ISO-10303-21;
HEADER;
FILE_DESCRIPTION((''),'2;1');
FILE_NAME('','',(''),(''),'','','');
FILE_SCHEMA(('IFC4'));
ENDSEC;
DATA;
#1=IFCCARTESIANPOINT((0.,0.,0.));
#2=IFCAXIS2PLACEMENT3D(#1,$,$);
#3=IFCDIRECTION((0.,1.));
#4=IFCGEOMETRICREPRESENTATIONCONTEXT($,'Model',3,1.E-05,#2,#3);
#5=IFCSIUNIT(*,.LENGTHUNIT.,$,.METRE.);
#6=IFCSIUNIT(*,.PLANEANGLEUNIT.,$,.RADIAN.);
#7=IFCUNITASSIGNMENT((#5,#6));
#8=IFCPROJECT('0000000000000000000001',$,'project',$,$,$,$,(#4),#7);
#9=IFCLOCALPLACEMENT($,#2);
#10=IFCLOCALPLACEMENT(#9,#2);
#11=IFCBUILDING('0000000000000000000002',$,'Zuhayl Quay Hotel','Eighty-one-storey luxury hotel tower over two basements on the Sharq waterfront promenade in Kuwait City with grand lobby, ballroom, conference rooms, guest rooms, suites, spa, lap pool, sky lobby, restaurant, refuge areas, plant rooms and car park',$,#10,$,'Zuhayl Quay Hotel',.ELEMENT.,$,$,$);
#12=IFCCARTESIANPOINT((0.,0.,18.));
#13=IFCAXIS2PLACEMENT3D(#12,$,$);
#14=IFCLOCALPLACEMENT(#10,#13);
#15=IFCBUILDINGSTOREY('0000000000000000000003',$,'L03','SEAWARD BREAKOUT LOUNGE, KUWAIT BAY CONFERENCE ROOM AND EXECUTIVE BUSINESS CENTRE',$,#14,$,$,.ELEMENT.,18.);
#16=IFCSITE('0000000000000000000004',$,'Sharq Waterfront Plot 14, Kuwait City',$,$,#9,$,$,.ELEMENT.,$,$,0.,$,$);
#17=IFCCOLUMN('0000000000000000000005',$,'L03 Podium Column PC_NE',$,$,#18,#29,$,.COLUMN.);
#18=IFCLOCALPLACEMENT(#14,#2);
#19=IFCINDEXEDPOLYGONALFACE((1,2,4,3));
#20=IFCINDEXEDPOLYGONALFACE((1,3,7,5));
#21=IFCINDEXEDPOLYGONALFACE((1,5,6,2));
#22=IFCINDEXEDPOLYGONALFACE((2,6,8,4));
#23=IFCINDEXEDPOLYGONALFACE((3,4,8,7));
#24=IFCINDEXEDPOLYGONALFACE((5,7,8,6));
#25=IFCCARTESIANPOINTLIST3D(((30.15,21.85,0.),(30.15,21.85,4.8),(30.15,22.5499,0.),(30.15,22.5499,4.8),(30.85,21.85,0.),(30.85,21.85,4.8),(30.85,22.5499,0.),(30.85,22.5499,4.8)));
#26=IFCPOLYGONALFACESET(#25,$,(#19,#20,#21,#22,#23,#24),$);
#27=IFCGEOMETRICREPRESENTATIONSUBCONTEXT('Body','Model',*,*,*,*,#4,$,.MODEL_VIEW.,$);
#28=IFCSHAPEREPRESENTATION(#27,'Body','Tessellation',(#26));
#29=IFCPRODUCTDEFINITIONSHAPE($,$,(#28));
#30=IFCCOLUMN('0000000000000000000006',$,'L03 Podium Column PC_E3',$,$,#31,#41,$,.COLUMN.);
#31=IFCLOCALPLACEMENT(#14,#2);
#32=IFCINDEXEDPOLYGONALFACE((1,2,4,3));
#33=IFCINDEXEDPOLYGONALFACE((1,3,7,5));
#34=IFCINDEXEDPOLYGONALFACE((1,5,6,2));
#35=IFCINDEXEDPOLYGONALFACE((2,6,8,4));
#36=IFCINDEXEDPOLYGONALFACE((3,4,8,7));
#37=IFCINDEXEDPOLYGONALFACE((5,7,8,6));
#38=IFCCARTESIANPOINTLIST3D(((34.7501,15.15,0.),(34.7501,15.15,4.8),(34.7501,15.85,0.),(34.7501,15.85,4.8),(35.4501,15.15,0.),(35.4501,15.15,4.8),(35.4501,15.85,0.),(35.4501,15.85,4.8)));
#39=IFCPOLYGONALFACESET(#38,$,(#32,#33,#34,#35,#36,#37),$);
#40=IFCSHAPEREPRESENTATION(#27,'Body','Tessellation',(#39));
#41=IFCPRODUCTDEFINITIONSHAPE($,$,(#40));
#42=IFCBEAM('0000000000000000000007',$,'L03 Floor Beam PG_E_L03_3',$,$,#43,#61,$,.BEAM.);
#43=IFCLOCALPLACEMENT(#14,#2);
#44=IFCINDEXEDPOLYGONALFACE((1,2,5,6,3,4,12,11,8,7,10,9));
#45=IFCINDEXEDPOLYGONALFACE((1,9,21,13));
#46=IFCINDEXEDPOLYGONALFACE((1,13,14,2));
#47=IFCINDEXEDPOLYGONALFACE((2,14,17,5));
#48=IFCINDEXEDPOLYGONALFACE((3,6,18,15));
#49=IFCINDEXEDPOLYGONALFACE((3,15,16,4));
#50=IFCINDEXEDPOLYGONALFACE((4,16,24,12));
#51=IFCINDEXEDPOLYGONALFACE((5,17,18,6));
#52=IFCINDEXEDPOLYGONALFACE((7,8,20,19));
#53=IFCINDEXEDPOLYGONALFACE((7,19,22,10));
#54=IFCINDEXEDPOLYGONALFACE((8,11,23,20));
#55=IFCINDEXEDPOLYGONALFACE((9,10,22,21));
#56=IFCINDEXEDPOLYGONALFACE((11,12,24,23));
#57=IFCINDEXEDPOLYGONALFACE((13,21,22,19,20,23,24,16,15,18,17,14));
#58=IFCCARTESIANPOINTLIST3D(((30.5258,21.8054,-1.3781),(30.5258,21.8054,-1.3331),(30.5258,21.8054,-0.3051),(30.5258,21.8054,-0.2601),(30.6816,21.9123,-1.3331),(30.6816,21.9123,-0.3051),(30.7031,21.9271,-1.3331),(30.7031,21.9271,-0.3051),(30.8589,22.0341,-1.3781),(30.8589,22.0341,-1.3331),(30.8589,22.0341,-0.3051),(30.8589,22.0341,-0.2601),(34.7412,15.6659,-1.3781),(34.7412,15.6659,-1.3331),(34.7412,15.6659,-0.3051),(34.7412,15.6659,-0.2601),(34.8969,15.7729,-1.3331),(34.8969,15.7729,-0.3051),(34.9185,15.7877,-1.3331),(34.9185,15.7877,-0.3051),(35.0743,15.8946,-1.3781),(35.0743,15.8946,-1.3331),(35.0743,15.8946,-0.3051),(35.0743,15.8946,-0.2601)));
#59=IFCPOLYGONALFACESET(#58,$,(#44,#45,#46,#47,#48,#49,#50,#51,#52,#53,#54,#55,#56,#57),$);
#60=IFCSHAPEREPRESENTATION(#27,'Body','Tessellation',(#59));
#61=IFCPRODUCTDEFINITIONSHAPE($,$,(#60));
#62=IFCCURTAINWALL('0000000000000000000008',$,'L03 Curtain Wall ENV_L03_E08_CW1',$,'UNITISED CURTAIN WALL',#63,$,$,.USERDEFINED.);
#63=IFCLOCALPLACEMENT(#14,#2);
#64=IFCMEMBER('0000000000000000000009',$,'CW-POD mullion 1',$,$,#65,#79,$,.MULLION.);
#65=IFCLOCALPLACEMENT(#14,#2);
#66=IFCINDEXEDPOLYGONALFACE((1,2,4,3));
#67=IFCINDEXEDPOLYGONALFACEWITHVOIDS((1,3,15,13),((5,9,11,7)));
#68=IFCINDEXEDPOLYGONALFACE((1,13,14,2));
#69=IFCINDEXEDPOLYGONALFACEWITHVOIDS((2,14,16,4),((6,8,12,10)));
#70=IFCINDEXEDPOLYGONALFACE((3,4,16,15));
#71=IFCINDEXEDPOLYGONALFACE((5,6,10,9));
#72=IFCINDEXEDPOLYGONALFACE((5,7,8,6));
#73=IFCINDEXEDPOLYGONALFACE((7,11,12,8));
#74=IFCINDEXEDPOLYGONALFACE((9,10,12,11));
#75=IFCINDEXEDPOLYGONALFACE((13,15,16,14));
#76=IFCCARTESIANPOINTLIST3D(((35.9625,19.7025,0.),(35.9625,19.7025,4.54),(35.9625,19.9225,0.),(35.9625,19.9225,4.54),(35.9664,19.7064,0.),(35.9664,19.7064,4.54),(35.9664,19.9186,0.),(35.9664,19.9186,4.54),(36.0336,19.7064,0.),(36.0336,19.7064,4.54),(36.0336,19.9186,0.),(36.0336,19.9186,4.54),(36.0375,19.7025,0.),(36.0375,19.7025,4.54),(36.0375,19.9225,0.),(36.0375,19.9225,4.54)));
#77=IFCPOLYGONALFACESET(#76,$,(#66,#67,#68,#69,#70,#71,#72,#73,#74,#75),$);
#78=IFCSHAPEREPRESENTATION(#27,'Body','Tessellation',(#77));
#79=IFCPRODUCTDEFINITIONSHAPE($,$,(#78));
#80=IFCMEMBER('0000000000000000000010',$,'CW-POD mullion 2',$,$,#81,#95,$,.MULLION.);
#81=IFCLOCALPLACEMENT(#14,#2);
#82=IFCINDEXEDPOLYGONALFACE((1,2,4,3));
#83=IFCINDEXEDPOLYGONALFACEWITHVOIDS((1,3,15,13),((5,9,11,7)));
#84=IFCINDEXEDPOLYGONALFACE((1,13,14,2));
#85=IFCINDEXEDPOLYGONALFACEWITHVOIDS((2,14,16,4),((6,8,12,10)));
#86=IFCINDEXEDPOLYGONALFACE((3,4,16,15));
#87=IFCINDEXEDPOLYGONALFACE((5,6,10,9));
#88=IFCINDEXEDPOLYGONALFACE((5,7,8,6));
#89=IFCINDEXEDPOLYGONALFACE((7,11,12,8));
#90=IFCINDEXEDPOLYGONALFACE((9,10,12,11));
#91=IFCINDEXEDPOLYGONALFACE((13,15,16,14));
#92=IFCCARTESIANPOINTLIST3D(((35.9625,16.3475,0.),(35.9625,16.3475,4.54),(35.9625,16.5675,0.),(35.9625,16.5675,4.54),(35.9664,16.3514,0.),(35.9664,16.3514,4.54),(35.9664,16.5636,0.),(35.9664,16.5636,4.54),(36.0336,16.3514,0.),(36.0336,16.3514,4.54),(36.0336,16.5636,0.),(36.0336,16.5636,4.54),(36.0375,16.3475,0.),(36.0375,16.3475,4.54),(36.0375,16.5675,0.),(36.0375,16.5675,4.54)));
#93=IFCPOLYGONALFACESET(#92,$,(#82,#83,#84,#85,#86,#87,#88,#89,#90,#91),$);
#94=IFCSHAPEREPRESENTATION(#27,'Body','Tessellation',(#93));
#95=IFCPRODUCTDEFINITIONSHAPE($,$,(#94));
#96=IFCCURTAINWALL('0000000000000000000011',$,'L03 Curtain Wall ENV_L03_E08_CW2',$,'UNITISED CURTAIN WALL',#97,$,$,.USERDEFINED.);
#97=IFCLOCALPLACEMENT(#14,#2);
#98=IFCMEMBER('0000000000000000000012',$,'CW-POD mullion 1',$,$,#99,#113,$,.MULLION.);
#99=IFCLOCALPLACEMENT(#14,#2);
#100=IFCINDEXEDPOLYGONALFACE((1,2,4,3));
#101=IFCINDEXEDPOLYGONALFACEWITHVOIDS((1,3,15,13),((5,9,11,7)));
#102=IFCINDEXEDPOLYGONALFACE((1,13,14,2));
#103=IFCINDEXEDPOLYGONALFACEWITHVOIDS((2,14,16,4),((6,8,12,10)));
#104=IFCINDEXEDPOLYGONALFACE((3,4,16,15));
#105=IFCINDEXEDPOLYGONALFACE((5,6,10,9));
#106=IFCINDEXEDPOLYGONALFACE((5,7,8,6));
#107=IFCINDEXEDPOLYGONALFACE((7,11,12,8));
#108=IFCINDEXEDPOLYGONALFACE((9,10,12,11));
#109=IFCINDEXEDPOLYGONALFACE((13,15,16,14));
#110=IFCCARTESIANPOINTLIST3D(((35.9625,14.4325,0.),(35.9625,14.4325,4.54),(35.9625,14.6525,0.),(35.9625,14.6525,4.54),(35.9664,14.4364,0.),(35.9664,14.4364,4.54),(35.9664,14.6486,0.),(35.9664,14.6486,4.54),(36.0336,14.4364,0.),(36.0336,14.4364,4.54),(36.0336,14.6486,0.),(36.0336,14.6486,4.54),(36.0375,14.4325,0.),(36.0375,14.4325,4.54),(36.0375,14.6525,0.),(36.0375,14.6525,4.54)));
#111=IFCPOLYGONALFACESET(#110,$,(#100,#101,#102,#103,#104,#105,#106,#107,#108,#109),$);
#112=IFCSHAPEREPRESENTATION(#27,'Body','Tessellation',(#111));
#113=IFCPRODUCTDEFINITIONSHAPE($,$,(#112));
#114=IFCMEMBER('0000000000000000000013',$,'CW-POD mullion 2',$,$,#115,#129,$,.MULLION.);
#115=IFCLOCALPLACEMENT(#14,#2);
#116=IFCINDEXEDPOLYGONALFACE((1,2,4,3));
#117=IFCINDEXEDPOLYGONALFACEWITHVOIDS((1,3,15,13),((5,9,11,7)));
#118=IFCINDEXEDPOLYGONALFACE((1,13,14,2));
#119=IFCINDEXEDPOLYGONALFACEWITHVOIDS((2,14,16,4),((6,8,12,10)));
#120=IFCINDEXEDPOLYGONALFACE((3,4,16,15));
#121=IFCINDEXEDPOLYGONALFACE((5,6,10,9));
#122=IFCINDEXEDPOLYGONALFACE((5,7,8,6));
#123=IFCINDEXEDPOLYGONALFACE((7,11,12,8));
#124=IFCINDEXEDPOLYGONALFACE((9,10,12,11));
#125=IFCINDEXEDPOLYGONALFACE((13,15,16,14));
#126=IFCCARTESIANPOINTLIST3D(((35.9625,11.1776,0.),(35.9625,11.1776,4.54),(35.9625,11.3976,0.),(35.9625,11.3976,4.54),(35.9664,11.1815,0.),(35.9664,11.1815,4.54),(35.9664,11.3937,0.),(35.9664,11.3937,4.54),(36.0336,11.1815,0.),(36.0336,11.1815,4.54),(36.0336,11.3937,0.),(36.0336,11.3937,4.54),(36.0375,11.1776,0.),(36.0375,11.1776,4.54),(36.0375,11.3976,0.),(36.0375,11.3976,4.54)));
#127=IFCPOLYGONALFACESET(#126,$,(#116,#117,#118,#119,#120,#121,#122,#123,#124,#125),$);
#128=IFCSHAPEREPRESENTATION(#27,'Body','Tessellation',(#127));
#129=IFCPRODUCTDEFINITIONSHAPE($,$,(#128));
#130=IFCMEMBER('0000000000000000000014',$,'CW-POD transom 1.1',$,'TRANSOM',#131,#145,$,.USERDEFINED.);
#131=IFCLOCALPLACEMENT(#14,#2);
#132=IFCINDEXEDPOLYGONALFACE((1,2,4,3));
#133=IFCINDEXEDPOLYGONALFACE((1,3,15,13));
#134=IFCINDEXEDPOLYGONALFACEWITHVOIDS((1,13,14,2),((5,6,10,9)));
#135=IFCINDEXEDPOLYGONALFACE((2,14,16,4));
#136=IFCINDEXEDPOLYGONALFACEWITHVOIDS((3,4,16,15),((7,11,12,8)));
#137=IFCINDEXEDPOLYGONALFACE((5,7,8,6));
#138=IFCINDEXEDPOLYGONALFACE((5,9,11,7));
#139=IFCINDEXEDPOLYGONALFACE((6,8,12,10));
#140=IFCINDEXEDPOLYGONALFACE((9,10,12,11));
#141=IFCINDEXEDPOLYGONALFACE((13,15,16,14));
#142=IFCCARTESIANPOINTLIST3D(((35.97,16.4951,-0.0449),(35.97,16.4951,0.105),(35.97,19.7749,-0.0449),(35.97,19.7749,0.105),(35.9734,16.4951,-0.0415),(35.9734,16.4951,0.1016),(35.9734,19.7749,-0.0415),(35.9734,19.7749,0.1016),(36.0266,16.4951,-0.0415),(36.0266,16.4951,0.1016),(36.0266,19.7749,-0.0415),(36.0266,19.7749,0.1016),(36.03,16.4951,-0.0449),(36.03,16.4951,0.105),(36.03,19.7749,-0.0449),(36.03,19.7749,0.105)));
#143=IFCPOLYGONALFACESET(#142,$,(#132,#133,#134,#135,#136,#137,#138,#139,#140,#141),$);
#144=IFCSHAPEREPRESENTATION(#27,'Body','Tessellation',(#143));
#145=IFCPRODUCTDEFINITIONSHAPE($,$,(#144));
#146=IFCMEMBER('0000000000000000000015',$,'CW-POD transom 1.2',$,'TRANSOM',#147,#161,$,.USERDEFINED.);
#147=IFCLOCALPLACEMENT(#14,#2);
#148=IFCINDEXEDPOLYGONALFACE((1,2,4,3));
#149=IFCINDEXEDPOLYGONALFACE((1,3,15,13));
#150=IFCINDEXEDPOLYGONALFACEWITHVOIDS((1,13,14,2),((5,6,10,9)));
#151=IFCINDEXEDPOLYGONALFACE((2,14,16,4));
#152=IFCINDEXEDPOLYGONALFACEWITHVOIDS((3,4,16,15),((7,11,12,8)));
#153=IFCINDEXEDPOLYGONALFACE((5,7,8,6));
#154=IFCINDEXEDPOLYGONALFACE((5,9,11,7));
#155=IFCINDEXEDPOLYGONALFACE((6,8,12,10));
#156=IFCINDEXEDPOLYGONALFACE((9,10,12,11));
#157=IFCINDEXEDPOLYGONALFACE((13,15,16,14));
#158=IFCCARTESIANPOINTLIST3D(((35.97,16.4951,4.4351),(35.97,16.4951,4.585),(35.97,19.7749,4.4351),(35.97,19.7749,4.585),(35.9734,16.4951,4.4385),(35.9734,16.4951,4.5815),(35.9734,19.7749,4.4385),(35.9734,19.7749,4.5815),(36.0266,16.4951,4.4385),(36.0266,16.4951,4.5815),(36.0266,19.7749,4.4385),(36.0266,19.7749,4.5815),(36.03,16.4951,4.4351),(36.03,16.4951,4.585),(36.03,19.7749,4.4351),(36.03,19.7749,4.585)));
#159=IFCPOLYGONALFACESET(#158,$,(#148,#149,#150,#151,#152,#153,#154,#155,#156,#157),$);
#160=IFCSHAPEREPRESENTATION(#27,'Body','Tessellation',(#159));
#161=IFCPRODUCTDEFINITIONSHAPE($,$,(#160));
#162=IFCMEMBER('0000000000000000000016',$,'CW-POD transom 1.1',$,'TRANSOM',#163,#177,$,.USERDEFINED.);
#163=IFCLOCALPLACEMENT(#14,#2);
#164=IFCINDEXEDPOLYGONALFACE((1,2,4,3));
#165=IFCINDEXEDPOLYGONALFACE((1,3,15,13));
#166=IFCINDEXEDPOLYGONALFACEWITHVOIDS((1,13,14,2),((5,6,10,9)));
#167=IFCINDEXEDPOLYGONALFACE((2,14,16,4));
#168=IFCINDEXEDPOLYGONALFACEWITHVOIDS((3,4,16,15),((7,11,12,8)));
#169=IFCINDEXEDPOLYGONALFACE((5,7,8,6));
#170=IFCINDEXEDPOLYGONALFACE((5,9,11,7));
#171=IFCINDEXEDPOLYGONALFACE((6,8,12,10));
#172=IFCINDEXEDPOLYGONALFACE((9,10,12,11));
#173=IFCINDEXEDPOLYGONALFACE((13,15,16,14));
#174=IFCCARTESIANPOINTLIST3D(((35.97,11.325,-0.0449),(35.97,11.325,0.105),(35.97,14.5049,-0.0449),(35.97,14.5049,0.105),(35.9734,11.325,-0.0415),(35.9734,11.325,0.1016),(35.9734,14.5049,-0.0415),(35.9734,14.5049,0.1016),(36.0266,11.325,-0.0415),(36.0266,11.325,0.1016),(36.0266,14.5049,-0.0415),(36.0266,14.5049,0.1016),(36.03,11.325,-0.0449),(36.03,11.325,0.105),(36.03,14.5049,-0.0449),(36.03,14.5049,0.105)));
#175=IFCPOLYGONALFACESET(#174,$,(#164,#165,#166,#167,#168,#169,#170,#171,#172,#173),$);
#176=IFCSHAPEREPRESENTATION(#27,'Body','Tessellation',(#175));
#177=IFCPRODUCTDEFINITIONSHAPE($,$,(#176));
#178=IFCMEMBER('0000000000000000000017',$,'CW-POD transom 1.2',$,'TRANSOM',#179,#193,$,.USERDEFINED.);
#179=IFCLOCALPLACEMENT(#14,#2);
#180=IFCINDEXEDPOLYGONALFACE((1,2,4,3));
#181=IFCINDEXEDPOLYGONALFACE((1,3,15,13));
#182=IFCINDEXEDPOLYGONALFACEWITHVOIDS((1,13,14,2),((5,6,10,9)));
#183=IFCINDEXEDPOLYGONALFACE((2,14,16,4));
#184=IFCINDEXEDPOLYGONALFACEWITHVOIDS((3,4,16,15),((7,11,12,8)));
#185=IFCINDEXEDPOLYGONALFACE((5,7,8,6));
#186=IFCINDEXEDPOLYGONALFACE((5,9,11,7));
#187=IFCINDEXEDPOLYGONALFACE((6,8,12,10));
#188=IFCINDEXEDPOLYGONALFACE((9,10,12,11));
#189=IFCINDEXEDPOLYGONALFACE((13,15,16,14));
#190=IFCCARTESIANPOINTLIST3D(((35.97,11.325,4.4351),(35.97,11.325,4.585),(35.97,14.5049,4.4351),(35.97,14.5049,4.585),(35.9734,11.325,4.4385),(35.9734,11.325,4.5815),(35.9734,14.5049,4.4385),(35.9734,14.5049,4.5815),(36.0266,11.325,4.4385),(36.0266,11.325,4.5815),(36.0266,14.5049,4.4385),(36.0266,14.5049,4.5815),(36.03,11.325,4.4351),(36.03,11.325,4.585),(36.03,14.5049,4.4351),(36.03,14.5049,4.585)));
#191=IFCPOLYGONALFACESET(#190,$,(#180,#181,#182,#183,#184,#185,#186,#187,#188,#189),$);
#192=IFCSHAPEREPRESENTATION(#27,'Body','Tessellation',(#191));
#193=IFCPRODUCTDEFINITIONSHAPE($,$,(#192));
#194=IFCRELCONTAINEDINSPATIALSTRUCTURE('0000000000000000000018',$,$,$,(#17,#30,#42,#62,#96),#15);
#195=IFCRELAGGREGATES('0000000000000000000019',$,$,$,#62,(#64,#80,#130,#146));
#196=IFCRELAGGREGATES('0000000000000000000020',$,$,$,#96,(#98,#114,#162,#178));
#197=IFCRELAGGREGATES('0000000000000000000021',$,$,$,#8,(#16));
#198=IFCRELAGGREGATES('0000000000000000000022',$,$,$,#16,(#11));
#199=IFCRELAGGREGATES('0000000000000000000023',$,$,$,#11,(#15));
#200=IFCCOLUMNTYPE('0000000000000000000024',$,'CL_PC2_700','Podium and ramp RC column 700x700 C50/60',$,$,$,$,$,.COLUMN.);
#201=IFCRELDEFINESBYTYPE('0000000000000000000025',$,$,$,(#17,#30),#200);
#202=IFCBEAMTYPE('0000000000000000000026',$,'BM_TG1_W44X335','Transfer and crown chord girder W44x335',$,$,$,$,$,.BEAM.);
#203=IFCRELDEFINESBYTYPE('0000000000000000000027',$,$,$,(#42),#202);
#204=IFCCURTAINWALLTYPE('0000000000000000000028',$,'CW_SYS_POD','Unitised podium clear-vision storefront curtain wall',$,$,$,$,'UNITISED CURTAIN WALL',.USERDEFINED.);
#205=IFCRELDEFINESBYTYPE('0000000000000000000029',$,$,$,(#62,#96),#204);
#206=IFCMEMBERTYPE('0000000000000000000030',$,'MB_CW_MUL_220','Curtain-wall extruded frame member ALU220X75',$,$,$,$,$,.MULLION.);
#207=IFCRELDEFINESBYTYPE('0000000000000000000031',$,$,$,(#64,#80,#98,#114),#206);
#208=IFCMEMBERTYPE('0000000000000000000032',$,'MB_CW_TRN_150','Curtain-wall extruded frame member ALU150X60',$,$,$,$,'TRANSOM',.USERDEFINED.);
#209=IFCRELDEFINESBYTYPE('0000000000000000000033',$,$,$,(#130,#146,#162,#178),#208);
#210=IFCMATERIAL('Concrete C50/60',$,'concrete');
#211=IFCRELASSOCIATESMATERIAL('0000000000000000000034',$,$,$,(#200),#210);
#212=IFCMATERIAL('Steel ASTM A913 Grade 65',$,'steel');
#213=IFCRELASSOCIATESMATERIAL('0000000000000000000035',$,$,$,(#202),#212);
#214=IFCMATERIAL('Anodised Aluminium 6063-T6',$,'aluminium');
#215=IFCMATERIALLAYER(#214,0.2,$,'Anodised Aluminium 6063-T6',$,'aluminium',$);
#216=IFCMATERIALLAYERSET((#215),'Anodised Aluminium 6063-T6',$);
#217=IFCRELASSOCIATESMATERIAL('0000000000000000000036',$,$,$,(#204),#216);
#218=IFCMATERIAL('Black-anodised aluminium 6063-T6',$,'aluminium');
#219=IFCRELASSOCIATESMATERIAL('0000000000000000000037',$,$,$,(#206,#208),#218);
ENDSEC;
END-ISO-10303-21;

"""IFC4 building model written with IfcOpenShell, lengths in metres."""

from ifc_helpers import new_model, si_unit, direction, frame, origin, origin_2d, place, context, subcontext, project, spatial, rectangle, hollow_rectangle, i_section, extrude, material, layer, layer_set, material_profile, profile_set, type_object, element, aggregate, save


model = new_model("IFC4")

# Units and contexts
model_context = context("Model", 3, precision=1e-05, world=origin(), true_north=direction((0.0, 1.0)))
body_context = subcontext(model_context, "Body", "Model", "MODEL_VIEW")
ifc_project = project(units=[si_unit("LENGTHUNIT", "METRE"), si_unit("PLANEANGLEUNIT", "RADIAN")], contexts=[model_context])

# Site, building, storey
site_placement = place(None, origin())
site = spatial("IfcSite", under=ifc_project, at=site_placement, Name="Sharq Waterfront Plot 14, Kuwait City", CompositionType="ELEMENT", RefElevation=0.0)
building_placement = place(site_placement, origin())
building = spatial("IfcBuilding", under=site, at=building_placement, Name="Zuhayl Quay Hotel", Description="Eighty-one-storey luxury hotel tower over two basements on the Sharq waterfront promenade in Kuwait City with grand lobby, ballroom, conference rooms, guest rooms, suites, spa, lap pool, sky lobby, restaurant, refuge areas, plant rooms and car park", LongName="Zuhayl Quay Hotel", CompositionType="ELEMENT")
storey_placement = place(building_placement, frame((0.0, 0.0, 18.0)))
storey = spatial("IfcBuildingStorey", under=building, at=storey_placement, Name="L03", Description="SEAWARD BREAKOUT LOUNGE, KUWAIT BAY CONFERENCE ROOM AND EXECUTIVE BUSINESS CENTRE", CompositionType="ELEMENT", Elevation=18.0)

# Columns
ifc_material_1 = material(Name="Concrete C50/60", Category="concrete")
ifc_material_profile_1 = material_profile(ifc_material_1, rectangle(XDim=0.7, YDim=0.7, at=origin_2d()), Name="RC700X700")
ifc_profile_set_1 = profile_set([ifc_material_profile_1], Name="Concrete C50/60")
column_type = type_object("IfcColumnType", Name="CL_PC2_700", Description="Podium and ramp RC column 700x700 C50/60", PredefinedType="COLUMN", material=ifc_profile_set_1)
for number, where, z_axis, x_axis, name in (
    (1, (30.5, 22.2, 0.0), (0.0, 0.0, 1.0), (1.0, 0.0, 0.0), "L03 Podium Column PC_NE"),
    (2, (35.1001, 15.5, 0.0), (0.0, 0.0, 1.0), (1.0, 0.0, 0.0), "L03 Podium Column PC_E3"),
):
    element("IfcColumn", number, at=place(storey_placement, frame(where, z_axis=z_axis, x_axis=x_axis)), inside=storey, type_object=column_type, Name=name, PredefinedType="COLUMN", context=body_context, shape_type="SweptSolid", body=[
        extrude(rectangle(XDim=0.7, YDim=0.7, at=origin_2d()), origin(), (0.0, 0.0, 1.0), 4.8),
    ])

# Beam
ifc_material_2 = material(Name="Steel ASTM A913 Grade 65", Category="steel")
ifc_material_profile_2 = material_profile(ifc_material_2, i_section(OverallWidth=0.4041, OverallDepth=1.1179, WebThickness=0.0261, FlangeThickness=0.0449, at=origin_2d()), Name="W44X335")
ifc_profile_set_2 = profile_set([ifc_material_profile_2], Name="Steel ASTM A913 Grade 65")
beam_type = type_object("IfcBeamType", Name="BM_TG1_W44X335", Description="Transfer and crown chord girder W44x335", PredefinedType="BEAM", material=ifc_profile_set_2)
beam_placement = place(storey_placement, frame((34.9077, 15.7803, -0.8191), z_axis=(-0.566026, 0.824387, 0.0), x_axis=(-0.824387, -0.566026, 0.0)))
element("IfcBeam", 3, at=beam_placement, inside=storey, type_object=beam_type, Name="L03 Floor Beam PG_E_L03_3", PredefinedType="BEAM", context=body_context, shape_type="SweptSolid", body=[
    extrude(i_section(OverallWidth=0.4041, OverallDepth=1.1179, WebThickness=0.0261, FlangeThickness=0.0449, at=origin_2d()), origin(), (0.0, 0.0, 1.0), 7.4473),
])

# Curtain walls, members
ifc_material_3 = material(Name="Anodised Aluminium 6063-T6", Category="aluminium")
ifc_layer_1 = layer(ifc_material_3, 0.2, Name="Anodised Aluminium 6063-T6", Category="aluminium")
ifc_layer_set_1 = layer_set([ifc_layer_1], Name="Anodised Aluminium 6063-T6")
curtain_wall_type = type_object("IfcCurtainWallType", Name="CW_SYS_POD", Description="Unitised podium clear-vision storefront curtain wall", ElementType="UNITISED CURTAIN WALL", PredefinedType="USERDEFINED", material=ifc_layer_set_1)
curtain_wall_1_placement = place(storey_placement, origin())
curtain_wall_1 = element("IfcCurtainWall", 4, at=curtain_wall_1_placement, inside=storey, type_object=curtain_wall_type, Name="L03 Curtain Wall ENV_L03_E08_CW1", ObjectType="UNITISED CURTAIN WALL", PredefinedType="USERDEFINED")
ifc_material_4 = material(Name="Black-anodised aluminium 6063-T6", Category="aluminium")
ifc_material_profile_3 = material_profile(ifc_material_4, hollow_rectangle(XDim=0.075, YDim=0.22, WallThickness=0.0039, at=origin_2d()), Name="ALU220X75")
ifc_profile_set_3 = profile_set([ifc_material_profile_3], Name="Black-anodised aluminium 6063-T6")
member_type_1 = type_object("IfcMemberType", Name="MB_CW_MUL_220", Description="Curtain-wall extruded frame member ALU220X75", PredefinedType="MULLION", material=ifc_profile_set_3)
member_1_placement = place(storey_placement, frame((36.0, 19.8125, 0.0), z_axis=(0.0, 0.0, 1.0), x_axis=(1.0, 0.0, 0.0)))
member_1 = element("IfcMember", 5, at=member_1_placement, type_object=member_type_1, Name="CW-POD mullion 1", PredefinedType="MULLION", context=body_context, shape_type="SweptSolid", body=[
    extrude(hollow_rectangle(XDim=0.075, YDim=0.22, WallThickness=0.0039, at=origin_2d()), origin(), (0.0, 0.0, 1.0), 4.54),
])
member_2_placement = place(storey_placement, frame((36.0, 16.4575, 0.0), z_axis=(0.0, 0.0, 1.0), x_axis=(1.0, 0.0, 0.0)))
member_2 = element("IfcMember", 6, at=member_2_placement, type_object=member_type_1, Name="CW-POD mullion 2", PredefinedType="MULLION", context=body_context, shape_type="SweptSolid", body=[
    extrude(hollow_rectangle(XDim=0.075, YDim=0.22, WallThickness=0.0039, at=origin_2d()), origin(), (0.0, 0.0, 1.0), 4.54),
])
curtain_wall_2_placement = place(storey_placement, origin())
curtain_wall_2 = element("IfcCurtainWall", 7, at=curtain_wall_2_placement, inside=storey, type_object=curtain_wall_type, Name="L03 Curtain Wall ENV_L03_E08_CW2", ObjectType="UNITISED CURTAIN WALL", PredefinedType="USERDEFINED")
member_3_placement = place(storey_placement, frame((36.0, 14.5425, 0.0), z_axis=(0.0, 0.0, 1.0), x_axis=(1.0, 0.0, 0.0)))
member_3 = element("IfcMember", 8, at=member_3_placement, type_object=member_type_1, Name="CW-POD mullion 1", PredefinedType="MULLION", context=body_context, shape_type="SweptSolid", body=[
    extrude(hollow_rectangle(XDim=0.075, YDim=0.22, WallThickness=0.0039, at=origin_2d()), origin(), (0.0, 0.0, 1.0), 4.54),
])
member_4_placement = place(storey_placement, frame((36.0, 11.2876, 0.0), z_axis=(0.0, 0.0, 1.0), x_axis=(1.0, 0.0, 0.0)))
member_4 = element("IfcMember", 9, at=member_4_placement, type_object=member_type_1, Name="CW-POD mullion 2", PredefinedType="MULLION", context=body_context, shape_type="SweptSolid", body=[
    extrude(hollow_rectangle(XDim=0.075, YDim=0.22, WallThickness=0.0039, at=origin_2d()), origin(), (0.0, 0.0, 1.0), 4.54),
])

# Members
ifc_material_profile_4 = material_profile(ifc_material_4, hollow_rectangle(XDim=0.0601, YDim=0.1499, WallThickness=0.0034, at=origin_2d()), Name="ALU150X60")
ifc_profile_set_4 = profile_set([ifc_material_profile_4], Name="Black-anodised aluminium 6063-T6")
member_type_2 = type_object("IfcMemberType", Name="MB_CW_TRN_150", Description="Curtain-wall extruded frame member ALU150X60", ElementType="TRANSOM", PredefinedType="USERDEFINED", material=ifc_profile_set_4)
member_5_placement = place(storey_placement, frame((36.0, 19.7749, 0.03), z_axis=(0.0, -1.0, 0.0), x_axis=(1.0, 0.0, 0.0)))
member_5 = element("IfcMember", 10, at=member_5_placement, type_object=member_type_2, Name="CW-POD transom 1.1", ObjectType="TRANSOM", PredefinedType="USERDEFINED", context=body_context, shape_type="SweptSolid", body=[
    extrude(hollow_rectangle(XDim=0.0601, YDim=0.1499, WallThickness=0.0034, at=origin_2d()), origin(), (0.0, 0.0, 1.0), 3.2798),
])
member_6_placement = place(storey_placement, frame((36.0, 19.7749, 4.51), z_axis=(0.0, -1.0, 0.0), x_axis=(1.0, 0.0, 0.0)))
member_6 = element("IfcMember", 11, at=member_6_placement, type_object=member_type_2, Name="CW-POD transom 1.2", ObjectType="TRANSOM", PredefinedType="USERDEFINED", context=body_context, shape_type="SweptSolid", body=[
    extrude(hollow_rectangle(XDim=0.0601, YDim=0.1499, WallThickness=0.0034, at=origin_2d()), origin(), (0.0, 0.0, 1.0), 3.2798),
])
member_7_placement = place(storey_placement, frame((36.0, 14.5049, 0.03), z_axis=(0.0, -1.0, 0.0), x_axis=(1.0, 0.0, 0.0)))
member_7 = element("IfcMember", 12, at=member_7_placement, type_object=member_type_2, Name="CW-POD transom 1.1", ObjectType="TRANSOM", PredefinedType="USERDEFINED", context=body_context, shape_type="SweptSolid", body=[
    extrude(hollow_rectangle(XDim=0.0601, YDim=0.1499, WallThickness=0.0034, at=origin_2d()), origin(), (0.0, 0.0, 1.0), 3.1799),
])
member_8_placement = place(storey_placement, frame((36.0, 14.5049, 4.51), z_axis=(0.0, -1.0, 0.0), x_axis=(1.0, 0.0, 0.0)))
member_8 = element("IfcMember", 13, at=member_8_placement, type_object=member_type_2, Name="CW-POD transom 1.2", ObjectType="TRANSOM", PredefinedType="USERDEFINED", context=body_context, shape_type="SweptSolid", body=[
    extrude(hollow_rectangle(XDim=0.0601, YDim=0.1499, WallThickness=0.0034, at=origin_2d()), origin(), (0.0, 0.0, 1.0), 3.1799),
])

aggregate(curtain_wall_1, [member_1, member_2, member_5, member_6])
aggregate(curtain_wall_2, [member_3, member_4, member_7, member_8])

save(model, "model.ifc")
